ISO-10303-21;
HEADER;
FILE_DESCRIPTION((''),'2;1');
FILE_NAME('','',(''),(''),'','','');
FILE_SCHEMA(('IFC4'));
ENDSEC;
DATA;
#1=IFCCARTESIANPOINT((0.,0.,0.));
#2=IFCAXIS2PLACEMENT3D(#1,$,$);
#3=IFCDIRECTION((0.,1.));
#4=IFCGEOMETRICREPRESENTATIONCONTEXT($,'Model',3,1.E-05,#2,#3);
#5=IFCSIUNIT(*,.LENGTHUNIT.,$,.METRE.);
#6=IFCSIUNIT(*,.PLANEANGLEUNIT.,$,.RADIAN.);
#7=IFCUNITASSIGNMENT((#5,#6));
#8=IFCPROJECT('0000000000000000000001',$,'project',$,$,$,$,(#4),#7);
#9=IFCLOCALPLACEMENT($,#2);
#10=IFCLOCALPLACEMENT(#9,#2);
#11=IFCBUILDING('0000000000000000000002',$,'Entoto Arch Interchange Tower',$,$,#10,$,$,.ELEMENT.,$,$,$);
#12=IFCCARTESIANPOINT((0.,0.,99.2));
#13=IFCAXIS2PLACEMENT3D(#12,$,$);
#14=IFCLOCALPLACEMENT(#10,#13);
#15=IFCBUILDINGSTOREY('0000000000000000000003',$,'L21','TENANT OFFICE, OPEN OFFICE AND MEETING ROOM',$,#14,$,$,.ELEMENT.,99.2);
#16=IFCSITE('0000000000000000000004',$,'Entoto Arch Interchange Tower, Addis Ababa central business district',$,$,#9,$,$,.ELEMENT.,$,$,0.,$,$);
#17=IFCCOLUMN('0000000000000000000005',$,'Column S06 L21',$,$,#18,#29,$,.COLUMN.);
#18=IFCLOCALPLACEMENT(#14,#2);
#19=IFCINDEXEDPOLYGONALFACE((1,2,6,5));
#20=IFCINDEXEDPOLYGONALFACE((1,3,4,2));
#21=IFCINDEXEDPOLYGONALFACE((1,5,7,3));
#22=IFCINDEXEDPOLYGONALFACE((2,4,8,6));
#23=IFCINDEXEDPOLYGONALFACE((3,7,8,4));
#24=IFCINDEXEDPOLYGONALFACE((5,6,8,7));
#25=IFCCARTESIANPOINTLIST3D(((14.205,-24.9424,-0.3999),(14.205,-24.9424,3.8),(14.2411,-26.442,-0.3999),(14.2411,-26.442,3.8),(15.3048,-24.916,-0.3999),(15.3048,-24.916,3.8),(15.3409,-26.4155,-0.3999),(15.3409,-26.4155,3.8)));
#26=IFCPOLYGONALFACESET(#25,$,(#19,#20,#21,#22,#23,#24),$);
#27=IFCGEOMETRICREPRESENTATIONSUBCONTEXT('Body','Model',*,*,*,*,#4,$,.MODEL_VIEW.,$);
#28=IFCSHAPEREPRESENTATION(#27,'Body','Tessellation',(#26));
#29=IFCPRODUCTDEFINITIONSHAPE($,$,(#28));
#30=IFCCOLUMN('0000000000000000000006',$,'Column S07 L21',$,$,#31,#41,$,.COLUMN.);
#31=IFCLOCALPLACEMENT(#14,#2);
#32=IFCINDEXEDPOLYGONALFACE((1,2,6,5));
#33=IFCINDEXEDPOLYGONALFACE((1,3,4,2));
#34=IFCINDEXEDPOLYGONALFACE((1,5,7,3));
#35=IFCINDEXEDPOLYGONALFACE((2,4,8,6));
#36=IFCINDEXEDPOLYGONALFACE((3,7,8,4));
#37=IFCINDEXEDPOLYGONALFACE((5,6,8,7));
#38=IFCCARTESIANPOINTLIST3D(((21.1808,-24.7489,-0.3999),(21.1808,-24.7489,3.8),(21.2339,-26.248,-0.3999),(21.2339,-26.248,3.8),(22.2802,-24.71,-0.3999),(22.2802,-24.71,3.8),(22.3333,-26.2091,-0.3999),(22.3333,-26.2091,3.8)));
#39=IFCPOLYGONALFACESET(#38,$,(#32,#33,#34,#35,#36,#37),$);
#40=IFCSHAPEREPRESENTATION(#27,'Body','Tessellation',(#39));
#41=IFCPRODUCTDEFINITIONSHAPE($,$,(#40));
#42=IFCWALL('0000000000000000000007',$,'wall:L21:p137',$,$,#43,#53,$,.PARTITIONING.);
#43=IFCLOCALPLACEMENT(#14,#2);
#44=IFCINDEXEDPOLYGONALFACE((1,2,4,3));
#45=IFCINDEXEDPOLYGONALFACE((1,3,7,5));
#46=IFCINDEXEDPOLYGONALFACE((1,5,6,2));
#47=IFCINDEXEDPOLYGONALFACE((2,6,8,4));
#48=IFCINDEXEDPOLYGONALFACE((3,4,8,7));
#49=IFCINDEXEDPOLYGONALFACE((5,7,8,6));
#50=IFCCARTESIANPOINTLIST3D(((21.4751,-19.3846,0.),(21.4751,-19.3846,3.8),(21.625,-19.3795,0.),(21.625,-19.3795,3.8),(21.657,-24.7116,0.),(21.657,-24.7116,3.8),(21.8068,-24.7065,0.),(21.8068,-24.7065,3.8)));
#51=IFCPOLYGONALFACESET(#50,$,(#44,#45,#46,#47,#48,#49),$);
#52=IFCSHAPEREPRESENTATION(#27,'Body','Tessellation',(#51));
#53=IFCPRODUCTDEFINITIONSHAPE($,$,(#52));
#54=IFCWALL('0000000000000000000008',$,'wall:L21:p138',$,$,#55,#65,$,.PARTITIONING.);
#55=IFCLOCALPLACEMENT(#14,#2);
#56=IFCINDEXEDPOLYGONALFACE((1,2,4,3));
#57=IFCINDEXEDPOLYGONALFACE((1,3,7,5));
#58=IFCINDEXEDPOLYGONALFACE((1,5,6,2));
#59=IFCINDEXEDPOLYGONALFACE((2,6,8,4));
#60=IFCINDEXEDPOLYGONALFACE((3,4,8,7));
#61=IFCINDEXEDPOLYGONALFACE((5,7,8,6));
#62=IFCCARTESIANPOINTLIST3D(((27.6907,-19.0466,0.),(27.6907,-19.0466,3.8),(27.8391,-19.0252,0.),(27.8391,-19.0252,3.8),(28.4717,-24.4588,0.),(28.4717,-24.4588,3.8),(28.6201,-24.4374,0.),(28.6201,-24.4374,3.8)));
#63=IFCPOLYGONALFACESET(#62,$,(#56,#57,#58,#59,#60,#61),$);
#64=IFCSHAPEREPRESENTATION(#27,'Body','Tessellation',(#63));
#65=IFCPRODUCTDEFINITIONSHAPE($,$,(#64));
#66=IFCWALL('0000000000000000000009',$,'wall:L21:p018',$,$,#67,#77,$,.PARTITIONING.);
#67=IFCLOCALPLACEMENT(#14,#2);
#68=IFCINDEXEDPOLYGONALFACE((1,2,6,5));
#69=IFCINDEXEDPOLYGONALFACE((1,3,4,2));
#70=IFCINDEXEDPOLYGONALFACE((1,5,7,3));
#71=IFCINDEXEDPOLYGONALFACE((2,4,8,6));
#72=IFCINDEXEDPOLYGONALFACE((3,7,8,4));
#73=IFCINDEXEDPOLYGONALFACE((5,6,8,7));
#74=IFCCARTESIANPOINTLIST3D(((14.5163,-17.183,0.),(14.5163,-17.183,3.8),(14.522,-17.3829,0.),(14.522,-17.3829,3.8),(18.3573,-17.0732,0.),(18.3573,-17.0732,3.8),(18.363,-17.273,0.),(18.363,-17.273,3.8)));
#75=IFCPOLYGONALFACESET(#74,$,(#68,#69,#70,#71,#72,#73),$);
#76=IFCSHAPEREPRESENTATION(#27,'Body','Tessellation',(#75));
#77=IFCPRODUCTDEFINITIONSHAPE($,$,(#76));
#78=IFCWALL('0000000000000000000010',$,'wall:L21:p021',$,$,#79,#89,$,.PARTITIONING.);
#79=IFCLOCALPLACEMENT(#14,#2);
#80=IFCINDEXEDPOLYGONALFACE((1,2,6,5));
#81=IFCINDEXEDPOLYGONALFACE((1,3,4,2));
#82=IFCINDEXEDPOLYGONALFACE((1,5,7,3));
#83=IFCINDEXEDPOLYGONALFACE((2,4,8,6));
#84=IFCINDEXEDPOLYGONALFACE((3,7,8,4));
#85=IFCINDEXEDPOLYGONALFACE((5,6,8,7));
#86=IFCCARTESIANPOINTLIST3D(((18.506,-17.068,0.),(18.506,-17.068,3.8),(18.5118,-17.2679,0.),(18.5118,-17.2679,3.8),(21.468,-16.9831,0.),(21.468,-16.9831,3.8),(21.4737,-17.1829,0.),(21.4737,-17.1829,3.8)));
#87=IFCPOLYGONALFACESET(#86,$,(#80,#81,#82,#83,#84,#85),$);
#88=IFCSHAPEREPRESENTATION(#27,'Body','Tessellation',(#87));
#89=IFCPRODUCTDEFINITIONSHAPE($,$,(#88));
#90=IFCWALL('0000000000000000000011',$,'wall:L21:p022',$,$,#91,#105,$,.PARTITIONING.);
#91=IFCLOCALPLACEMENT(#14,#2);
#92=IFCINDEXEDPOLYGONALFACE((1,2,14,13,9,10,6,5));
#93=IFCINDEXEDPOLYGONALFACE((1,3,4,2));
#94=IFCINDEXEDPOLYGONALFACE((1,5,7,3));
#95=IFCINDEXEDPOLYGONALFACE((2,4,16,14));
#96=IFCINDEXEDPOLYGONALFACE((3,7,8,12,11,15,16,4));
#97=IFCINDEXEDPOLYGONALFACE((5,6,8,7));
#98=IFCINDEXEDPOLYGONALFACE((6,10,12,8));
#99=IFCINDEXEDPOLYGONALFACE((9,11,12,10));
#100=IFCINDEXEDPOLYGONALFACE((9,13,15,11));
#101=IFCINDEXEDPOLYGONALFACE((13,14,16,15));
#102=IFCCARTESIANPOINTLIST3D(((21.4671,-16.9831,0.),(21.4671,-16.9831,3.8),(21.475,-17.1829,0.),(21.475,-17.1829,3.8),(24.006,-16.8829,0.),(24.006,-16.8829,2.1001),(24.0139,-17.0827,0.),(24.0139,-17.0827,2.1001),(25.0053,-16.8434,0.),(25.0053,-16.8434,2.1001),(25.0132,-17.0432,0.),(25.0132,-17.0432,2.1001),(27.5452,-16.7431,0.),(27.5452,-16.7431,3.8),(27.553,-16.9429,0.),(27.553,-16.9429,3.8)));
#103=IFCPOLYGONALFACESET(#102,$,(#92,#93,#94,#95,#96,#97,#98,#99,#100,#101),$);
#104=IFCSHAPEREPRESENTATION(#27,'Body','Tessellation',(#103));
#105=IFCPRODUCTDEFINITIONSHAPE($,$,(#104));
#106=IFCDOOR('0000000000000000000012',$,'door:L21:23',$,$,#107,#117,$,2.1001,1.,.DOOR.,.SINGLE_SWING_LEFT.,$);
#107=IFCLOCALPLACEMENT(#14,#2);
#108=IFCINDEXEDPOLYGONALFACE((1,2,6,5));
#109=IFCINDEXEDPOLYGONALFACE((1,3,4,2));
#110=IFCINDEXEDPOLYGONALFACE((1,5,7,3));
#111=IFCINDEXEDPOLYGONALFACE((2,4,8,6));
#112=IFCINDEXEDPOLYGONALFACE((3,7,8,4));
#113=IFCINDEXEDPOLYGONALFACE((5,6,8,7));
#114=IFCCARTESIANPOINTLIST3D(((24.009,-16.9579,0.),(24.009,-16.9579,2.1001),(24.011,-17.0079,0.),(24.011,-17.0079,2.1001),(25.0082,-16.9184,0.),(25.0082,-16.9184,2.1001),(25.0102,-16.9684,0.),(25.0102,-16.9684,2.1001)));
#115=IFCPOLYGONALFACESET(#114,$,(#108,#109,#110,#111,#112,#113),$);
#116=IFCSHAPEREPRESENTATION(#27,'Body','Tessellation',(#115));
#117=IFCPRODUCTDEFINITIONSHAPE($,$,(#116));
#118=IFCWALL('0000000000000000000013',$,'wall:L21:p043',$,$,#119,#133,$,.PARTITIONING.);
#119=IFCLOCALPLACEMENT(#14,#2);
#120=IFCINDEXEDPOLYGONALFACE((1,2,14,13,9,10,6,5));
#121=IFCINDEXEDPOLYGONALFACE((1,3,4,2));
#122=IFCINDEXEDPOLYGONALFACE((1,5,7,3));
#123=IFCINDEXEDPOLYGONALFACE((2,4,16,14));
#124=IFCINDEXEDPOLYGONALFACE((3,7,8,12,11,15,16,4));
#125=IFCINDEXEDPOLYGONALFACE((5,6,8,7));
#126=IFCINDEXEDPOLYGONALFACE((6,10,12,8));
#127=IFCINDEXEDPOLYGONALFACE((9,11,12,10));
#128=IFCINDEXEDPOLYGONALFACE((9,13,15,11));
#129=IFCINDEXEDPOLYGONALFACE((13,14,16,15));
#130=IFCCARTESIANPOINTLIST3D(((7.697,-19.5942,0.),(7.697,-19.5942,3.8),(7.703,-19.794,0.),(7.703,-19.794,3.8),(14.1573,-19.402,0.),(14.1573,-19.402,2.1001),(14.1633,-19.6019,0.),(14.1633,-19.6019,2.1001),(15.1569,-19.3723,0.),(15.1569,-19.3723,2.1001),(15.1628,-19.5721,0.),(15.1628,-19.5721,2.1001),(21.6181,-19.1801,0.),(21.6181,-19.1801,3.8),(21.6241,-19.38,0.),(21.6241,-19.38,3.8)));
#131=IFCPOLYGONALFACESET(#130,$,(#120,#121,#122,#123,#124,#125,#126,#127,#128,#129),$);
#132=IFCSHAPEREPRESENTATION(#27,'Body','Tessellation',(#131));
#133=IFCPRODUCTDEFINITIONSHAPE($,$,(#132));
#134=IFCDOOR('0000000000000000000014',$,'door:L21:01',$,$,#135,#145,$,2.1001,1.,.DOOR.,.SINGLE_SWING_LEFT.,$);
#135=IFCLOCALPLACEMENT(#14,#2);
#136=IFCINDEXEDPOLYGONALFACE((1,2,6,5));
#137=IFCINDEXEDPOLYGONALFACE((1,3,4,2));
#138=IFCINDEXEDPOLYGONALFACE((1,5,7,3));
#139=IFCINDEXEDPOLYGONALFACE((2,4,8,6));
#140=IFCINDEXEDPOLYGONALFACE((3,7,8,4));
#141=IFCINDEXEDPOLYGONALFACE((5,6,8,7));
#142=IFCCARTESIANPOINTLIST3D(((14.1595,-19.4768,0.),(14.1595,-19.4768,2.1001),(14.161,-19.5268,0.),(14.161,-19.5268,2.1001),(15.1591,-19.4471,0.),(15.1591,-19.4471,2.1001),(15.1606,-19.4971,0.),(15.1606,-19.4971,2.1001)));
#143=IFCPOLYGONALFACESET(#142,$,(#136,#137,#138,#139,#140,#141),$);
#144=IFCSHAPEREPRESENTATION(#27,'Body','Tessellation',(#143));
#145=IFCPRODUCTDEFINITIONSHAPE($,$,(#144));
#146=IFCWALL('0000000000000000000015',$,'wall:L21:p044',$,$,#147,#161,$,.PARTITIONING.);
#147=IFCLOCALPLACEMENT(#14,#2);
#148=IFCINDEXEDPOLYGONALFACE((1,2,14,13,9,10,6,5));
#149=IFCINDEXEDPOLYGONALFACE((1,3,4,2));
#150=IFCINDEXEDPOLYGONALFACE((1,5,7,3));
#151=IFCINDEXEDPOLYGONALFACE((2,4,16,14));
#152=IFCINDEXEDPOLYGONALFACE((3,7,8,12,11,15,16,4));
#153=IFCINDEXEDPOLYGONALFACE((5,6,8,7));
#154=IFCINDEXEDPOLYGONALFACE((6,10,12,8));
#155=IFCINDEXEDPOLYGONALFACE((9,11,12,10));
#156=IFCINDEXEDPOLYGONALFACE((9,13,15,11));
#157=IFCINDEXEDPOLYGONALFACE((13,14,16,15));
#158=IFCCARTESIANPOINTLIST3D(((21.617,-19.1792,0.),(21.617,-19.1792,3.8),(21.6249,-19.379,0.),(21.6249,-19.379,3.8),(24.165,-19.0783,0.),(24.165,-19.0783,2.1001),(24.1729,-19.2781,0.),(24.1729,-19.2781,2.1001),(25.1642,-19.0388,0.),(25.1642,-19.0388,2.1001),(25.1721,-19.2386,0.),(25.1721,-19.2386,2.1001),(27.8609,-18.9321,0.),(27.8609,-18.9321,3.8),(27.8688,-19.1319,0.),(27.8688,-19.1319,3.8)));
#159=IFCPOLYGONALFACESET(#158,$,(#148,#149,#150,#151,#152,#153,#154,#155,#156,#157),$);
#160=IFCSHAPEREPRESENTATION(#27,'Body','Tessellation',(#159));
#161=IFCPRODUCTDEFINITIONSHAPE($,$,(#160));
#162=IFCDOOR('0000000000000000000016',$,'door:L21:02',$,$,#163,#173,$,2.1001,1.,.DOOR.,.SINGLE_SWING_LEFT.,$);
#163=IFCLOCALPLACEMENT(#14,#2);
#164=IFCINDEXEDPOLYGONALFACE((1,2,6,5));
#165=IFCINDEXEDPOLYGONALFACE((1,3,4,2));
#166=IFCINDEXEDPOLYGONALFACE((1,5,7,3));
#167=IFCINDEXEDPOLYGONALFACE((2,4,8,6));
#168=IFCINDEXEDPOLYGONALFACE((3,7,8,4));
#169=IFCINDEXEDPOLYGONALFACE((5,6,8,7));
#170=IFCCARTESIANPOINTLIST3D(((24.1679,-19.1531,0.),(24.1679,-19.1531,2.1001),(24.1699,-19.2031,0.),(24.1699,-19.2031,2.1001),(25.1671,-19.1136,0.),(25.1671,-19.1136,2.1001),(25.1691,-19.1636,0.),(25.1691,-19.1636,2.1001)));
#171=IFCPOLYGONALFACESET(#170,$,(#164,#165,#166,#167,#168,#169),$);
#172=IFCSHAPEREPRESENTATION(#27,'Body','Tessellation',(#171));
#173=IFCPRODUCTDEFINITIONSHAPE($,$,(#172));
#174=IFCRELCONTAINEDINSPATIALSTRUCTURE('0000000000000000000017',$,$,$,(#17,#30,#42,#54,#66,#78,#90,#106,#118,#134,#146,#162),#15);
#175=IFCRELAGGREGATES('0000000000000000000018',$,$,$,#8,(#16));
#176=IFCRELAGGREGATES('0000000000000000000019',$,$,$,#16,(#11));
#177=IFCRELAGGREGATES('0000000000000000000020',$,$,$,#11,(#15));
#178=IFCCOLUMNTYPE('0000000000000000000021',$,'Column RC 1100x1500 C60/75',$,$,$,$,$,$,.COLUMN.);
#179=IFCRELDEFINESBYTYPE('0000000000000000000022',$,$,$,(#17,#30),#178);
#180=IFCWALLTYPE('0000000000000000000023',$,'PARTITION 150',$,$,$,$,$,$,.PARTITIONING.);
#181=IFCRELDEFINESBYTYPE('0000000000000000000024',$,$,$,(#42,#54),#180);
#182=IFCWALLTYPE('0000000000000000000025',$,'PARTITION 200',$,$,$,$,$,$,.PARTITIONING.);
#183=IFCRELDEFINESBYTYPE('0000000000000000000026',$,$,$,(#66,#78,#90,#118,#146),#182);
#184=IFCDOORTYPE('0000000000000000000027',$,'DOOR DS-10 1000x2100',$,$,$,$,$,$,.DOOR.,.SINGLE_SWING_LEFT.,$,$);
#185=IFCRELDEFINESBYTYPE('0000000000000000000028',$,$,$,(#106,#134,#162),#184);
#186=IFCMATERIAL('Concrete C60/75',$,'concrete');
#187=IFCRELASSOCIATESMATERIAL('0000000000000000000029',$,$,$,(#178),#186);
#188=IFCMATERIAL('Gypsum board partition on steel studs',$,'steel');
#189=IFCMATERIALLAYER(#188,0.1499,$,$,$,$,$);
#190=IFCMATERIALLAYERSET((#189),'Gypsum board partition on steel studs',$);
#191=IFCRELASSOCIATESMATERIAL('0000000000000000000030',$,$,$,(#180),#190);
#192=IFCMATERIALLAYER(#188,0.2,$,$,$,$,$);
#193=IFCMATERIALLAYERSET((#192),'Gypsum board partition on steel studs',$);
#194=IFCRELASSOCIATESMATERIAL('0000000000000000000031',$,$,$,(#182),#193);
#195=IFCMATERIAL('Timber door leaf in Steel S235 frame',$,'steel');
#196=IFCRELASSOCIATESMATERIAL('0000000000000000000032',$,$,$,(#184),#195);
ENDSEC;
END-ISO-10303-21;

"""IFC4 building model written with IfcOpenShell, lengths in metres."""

from ifc_helpers import new_model, si_unit, direction, frame, frame_2d, origin, origin_2d, place, context, subcontext, project, spatial, rectangle, extrude, material, layer, layer_set, material_profile, profile_set, type_object, element, fill, save


model = new_model("IFC4")

# Units and contexts
model_context = context("Model", 3, precision=1e-05, world=origin(), true_north=direction((0.0, 1.0)))
body_context = subcontext(model_context, "Body", "Model", "MODEL_VIEW")
ifc_project = project(units=[si_unit("LENGTHUNIT", "METRE"), si_unit("PLANEANGLEUNIT", "RADIAN")], contexts=[model_context])

# Site, building, storey
site_placement = place(None, origin())
site = spatial("IfcSite", under=ifc_project, at=site_placement, Name="Entoto Arch Interchange Tower, Addis Ababa central business district", CompositionType="ELEMENT", RefElevation=0.0)
building_placement = place(site_placement, origin())
building = spatial("IfcBuilding", under=site, at=building_placement, Name="Entoto Arch Interchange Tower", CompositionType="ELEMENT")
storey_placement = place(building_placement, frame((0.0, 0.0, 99.2)))
storey = spatial("IfcBuildingStorey", under=building, at=storey_placement, Name="L21", Description="TENANT OFFICE, OPEN OFFICE AND MEETING ROOM", CompositionType="ELEMENT", Elevation=99.2)

# Columns
ifc_material_1 = material(Name="Concrete C60/75", Category="concrete")
ifc_material_profile_1 = material_profile(ifc_material_1, rectangle(XDim=1.1001, YDim=1.5, at=origin_2d()))
ifc_profile_set_1 = profile_set([ifc_material_profile_1], Name="Concrete C60/75")
column_type = type_object("IfcColumnType", Name="Column RC 1100x1500 C60/75", PredefinedType="COLUMN", material=ifc_profile_set_1)
for number, where, z_axis, x_axis, name in (
    (1, (14.7729, -25.679, -0.3999), (0.0, 0.0, 1.0), (0.999711, 0.024031, 0.0), "Column S06 L21"),
    (2, (21.7571, -25.479, -0.3999), (0.0, 0.0, 1.0), (0.999374, 0.035388, 0.0), "Column S07 L21"),
):
    element("IfcColumn", number, at=place(storey_placement, frame(where, z_axis=z_axis, x_axis=x_axis)), inside=storey, type_object=column_type, Name=name, PredefinedType="COLUMN", context=body_context, shape_type="SweptSolid", body=[
        extrude(rectangle(XDim=1.1001, YDim=1.5, at=origin_2d()), origin(), (0.0, 0.0, 1.0), 4.2),
    ])

# Walls
ifc_material_2 = material(Name="Gypsum board partition on steel studs", Category="steel")
ifc_layer_1 = layer(ifc_material_2, 0.1499)
ifc_layer_set_1 = layer_set([ifc_layer_1], Name="Gypsum board partition on steel studs")
wall_type_1 = type_object("IfcWallType", Name="PARTITION 150", PredefinedType="PARTITIONING", material=ifc_layer_set_1)
wall_1_placement = place(storey_placement, frame((21.55, -19.3821, 0.0), z_axis=(0.0, 0.0, 1.0), x_axis=(0.034125, -0.999418, 0.0)))
element("IfcWall", 3, at=wall_1_placement, inside=storey, type_object=wall_type_1, Name="wall:L21:p137", PredefinedType="PARTITIONING", context=body_context, shape_type="SweptSolid", body=[
    extrude(rectangle(XDim=5.3301, YDim=0.1499, at=frame_2d((2.665, 0.0))), origin(), (0.0, 0.0, 1.0), 3.8),
])
wall_2_placement = place(storey_placement, frame((27.7649, -19.0359, 0.0), z_axis=(0.0, 0.0, 1.0), x_axis=(0.142828, -0.989748, 0.0)))
element("IfcWall", 4, at=wall_2_placement, inside=storey, type_object=wall_type_1, Name="wall:L21:p138", PredefinedType="PARTITIONING", context=body_context, shape_type="SweptSolid", body=[
    extrude(rectangle(XDim=5.4683, YDim=0.1499, at=frame_2d((2.7341, 0.0))), origin(), (0.0, 0.0, 1.0), 3.8),
])
ifc_layer_2 = layer(ifc_material_2, 0.2)
ifc_layer_set_2 = layer_set([ifc_layer_2], Name="Gypsum board partition on steel studs")
wall_type_2 = type_object("IfcWallType", Name="PARTITION 200", PredefinedType="PARTITIONING", material=ifc_layer_set_2)
wall_3_placement = place(storey_placement, frame((14.519, -17.283, 0.0), z_axis=(0.0, 0.0, 1.0), x_axis=(0.999591, 0.028591, 0.0)))
element("IfcWall", 5, at=wall_3_placement, inside=storey, type_object=wall_type_2, Name="wall:L21:p018", PredefinedType="PARTITIONING", context=body_context, shape_type="SweptSolid", body=[
    extrude(rectangle(XDim=3.8425, YDim=0.2, at=frame_2d((1.9214, 0.0))), origin(), (0.0, 0.0, 1.0), 3.8),
])
wall_4_placement = place(storey_placement, frame((18.509, -17.168, 0.0), z_axis=(0.0, 0.0, 1.0), x_axis=(0.999589, 0.028673, 0.0)))
element("IfcWall", 6, at=wall_4_placement, inside=storey, type_object=wall_type_2, Name="wall:L21:p021", PredefinedType="PARTITIONING", context=body_context, shape_type="SweptSolid", body=[
    extrude(rectangle(XDim=2.9631, YDim=0.2, at=frame_2d((1.4814, 0.0))), origin(), (0.0, 0.0, 1.0), 3.8),
])

# Walls, openings, doors
wall_5_placement = place(storey_placement, frame((21.4709, -17.083, 0.0), z_axis=(0.0, 0.0, 1.0), x_axis=(0.999221, 0.039454, 0.0)))
wall_5 = element("IfcWall", 7, at=wall_5_placement, inside=storey, type_object=wall_type_2, Name="wall:L21:p022", PredefinedType="PARTITIONING", context=body_context, shape_type="SweptSolid", body=[
    extrude(rectangle(XDim=6.0828, YDim=0.2, at=frame_2d((3.0415, 0.0))), origin(), (0.0, 0.0, 1.0), 3.8),
])
opening_1_placement = place(wall_5_placement, frame((2.541, 0.0, 0.0)))
opening_1 = element("IfcOpeningElement", 8, at=opening_1_placement, cuts=wall_5, PredefinedType="OPENING", context=body_context, shape_type="SweptSolid", body=[
    extrude(rectangle(XDim=1.0, YDim=2.1001, at=frame_2d((0.5, 1.05))), frame((0.0, 0.1099, 0.0), z_axis=(0.0, -1.0, 0.0), x_axis=(1.0, 0.0, 0.0)), (0.0, 0.0, 1.0), 0.22),
])
ifc_material_3 = material(Name="Timber door leaf in Steel S235 frame", Category="steel")
door_type = type_object("IfcDoorType", Name="DOOR DS-10 1000x2100", OperationType="SINGLE_SWING_LEFT", PredefinedType="DOOR", material=ifc_material_3)
door_1_placement = place(opening_1_placement, origin())
door_1 = element("IfcDoor", 9, at=door_1_placement, inside=storey, type_object=door_type, Name="door:L21:23", OperationType="SINGLE_SWING_LEFT", OverallHeight=2.1001, OverallWidth=1.0, PredefinedType="DOOR", context=body_context, shape_type="SweptSolid", body=[
    extrude(rectangle(XDim=1.0, YDim=2.1001, at=frame_2d((0.5, 1.05))), frame((0.0, 0.0249, 0.0), z_axis=(0.0, -1.0, 0.0), x_axis=(1.0, 0.0, 0.0)), (0.0, 0.0, 1.0), 0.05),
])
fill(opening_1, door_1)
wall_6_placement = place(storey_placement, frame((21.6211, -19.28, 0.0), z_axis=(0.0, 0.0, 1.0), x_axis=(-0.999558, -0.02973, 0.0)))
wall_6 = element("IfcWall", 10, at=wall_6_placement, inside=storey, type_object=wall_type_2, Name="wall:L21:p043", PredefinedType="PARTITIONING", context=body_context, shape_type="SweptSolid", body=[
    extrude(rectangle(XDim=13.9272, YDim=0.2, at=frame_2d((6.9636, 0.0))), origin(), (0.0, 0.0, 1.0), 3.8),
])
opening_2_placement = place(wall_6_placement, frame((6.4641, 0.0, 0.0)))
opening_2 = element("IfcOpeningElement", 11, at=opening_2_placement, cuts=wall_6, PredefinedType="OPENING", context=body_context, shape_type="SweptSolid", body=[
    extrude(rectangle(XDim=1.0, YDim=2.1001, at=frame_2d((0.5, 1.05))), frame((0.0, 0.1099, 0.0), z_axis=(0.0, -1.0, 0.0), x_axis=(1.0, 0.0, 0.0)), (0.0, 0.0, 1.0), 0.22),
])
door_2_placement = place(opening_2_placement, origin())
door_2 = element("IfcDoor", 12, at=door_2_placement, inside=storey, type_object=door_type, Name="door:L21:01", OperationType="SINGLE_SWING_LEFT", OverallHeight=2.1001, OverallWidth=1.0, PredefinedType="DOOR", context=body_context, shape_type="SweptSolid", body=[
    extrude(rectangle(XDim=1.0, YDim=2.1001, at=frame_2d((0.5, 1.05))), frame((0.0, 0.0249, 0.0), z_axis=(0.0, -1.0, 0.0), x_axis=(1.0, 0.0, 0.0)), (0.0, 0.0, 1.0), 0.05),
])
fill(opening_2, door_2)
wall_7_placement = place(storey_placement, frame((27.865, -19.032, 0.0), z_axis=(0.0, 0.0, 1.0), x_axis=(-0.999218, -0.039539, 0.0)))
wall_7 = element("IfcWall", 13, at=wall_7_placement, inside=storey, type_object=wall_type_2, Name="wall:L21:p044", PredefinedType="PARTITIONING", context=body_context, shape_type="SweptSolid", body=[
    extrude(rectangle(XDim=6.2488, YDim=0.2, at=frame_2d((3.1245, 0.0))), origin(), (0.0, 0.0, 1.0), 3.8),
])
opening_3_placement = place(wall_7_placement, frame((2.699, 0.0, 0.0)))
opening_3 = element("IfcOpeningElement", 14, at=opening_3_placement, cuts=wall_7, PredefinedType="OPENING", context=body_context, shape_type="SweptSolid", body=[
    extrude(rectangle(XDim=1.0, YDim=2.1001, at=frame_2d((0.5, 1.05))), frame((0.0, 0.1099, 0.0), z_axis=(0.0, -1.0, 0.0), x_axis=(1.0, 0.0, 0.0)), (0.0, 0.0, 1.0), 0.22),
])
door_3_placement = place(opening_3_placement, origin())
door_3 = element("IfcDoor", 15, at=door_3_placement, inside=storey, type_object=door_type, Name="door:L21:02", OperationType="SINGLE_SWING_LEFT", OverallHeight=2.1001, OverallWidth=1.0, PredefinedType="DOOR", context=body_context, shape_type="SweptSolid", body=[
    extrude(rectangle(XDim=1.0, YDim=2.1001, at=frame_2d((0.5, 1.05))), frame((0.0, 0.0249, 0.0), z_axis=(0.0, -1.0, 0.0), x_axis=(1.0, 0.0, 0.0)), (0.0, 0.0, 1.0), 0.05),
])
fill(opening_3, door_3)

save(model, "model.ifc")
